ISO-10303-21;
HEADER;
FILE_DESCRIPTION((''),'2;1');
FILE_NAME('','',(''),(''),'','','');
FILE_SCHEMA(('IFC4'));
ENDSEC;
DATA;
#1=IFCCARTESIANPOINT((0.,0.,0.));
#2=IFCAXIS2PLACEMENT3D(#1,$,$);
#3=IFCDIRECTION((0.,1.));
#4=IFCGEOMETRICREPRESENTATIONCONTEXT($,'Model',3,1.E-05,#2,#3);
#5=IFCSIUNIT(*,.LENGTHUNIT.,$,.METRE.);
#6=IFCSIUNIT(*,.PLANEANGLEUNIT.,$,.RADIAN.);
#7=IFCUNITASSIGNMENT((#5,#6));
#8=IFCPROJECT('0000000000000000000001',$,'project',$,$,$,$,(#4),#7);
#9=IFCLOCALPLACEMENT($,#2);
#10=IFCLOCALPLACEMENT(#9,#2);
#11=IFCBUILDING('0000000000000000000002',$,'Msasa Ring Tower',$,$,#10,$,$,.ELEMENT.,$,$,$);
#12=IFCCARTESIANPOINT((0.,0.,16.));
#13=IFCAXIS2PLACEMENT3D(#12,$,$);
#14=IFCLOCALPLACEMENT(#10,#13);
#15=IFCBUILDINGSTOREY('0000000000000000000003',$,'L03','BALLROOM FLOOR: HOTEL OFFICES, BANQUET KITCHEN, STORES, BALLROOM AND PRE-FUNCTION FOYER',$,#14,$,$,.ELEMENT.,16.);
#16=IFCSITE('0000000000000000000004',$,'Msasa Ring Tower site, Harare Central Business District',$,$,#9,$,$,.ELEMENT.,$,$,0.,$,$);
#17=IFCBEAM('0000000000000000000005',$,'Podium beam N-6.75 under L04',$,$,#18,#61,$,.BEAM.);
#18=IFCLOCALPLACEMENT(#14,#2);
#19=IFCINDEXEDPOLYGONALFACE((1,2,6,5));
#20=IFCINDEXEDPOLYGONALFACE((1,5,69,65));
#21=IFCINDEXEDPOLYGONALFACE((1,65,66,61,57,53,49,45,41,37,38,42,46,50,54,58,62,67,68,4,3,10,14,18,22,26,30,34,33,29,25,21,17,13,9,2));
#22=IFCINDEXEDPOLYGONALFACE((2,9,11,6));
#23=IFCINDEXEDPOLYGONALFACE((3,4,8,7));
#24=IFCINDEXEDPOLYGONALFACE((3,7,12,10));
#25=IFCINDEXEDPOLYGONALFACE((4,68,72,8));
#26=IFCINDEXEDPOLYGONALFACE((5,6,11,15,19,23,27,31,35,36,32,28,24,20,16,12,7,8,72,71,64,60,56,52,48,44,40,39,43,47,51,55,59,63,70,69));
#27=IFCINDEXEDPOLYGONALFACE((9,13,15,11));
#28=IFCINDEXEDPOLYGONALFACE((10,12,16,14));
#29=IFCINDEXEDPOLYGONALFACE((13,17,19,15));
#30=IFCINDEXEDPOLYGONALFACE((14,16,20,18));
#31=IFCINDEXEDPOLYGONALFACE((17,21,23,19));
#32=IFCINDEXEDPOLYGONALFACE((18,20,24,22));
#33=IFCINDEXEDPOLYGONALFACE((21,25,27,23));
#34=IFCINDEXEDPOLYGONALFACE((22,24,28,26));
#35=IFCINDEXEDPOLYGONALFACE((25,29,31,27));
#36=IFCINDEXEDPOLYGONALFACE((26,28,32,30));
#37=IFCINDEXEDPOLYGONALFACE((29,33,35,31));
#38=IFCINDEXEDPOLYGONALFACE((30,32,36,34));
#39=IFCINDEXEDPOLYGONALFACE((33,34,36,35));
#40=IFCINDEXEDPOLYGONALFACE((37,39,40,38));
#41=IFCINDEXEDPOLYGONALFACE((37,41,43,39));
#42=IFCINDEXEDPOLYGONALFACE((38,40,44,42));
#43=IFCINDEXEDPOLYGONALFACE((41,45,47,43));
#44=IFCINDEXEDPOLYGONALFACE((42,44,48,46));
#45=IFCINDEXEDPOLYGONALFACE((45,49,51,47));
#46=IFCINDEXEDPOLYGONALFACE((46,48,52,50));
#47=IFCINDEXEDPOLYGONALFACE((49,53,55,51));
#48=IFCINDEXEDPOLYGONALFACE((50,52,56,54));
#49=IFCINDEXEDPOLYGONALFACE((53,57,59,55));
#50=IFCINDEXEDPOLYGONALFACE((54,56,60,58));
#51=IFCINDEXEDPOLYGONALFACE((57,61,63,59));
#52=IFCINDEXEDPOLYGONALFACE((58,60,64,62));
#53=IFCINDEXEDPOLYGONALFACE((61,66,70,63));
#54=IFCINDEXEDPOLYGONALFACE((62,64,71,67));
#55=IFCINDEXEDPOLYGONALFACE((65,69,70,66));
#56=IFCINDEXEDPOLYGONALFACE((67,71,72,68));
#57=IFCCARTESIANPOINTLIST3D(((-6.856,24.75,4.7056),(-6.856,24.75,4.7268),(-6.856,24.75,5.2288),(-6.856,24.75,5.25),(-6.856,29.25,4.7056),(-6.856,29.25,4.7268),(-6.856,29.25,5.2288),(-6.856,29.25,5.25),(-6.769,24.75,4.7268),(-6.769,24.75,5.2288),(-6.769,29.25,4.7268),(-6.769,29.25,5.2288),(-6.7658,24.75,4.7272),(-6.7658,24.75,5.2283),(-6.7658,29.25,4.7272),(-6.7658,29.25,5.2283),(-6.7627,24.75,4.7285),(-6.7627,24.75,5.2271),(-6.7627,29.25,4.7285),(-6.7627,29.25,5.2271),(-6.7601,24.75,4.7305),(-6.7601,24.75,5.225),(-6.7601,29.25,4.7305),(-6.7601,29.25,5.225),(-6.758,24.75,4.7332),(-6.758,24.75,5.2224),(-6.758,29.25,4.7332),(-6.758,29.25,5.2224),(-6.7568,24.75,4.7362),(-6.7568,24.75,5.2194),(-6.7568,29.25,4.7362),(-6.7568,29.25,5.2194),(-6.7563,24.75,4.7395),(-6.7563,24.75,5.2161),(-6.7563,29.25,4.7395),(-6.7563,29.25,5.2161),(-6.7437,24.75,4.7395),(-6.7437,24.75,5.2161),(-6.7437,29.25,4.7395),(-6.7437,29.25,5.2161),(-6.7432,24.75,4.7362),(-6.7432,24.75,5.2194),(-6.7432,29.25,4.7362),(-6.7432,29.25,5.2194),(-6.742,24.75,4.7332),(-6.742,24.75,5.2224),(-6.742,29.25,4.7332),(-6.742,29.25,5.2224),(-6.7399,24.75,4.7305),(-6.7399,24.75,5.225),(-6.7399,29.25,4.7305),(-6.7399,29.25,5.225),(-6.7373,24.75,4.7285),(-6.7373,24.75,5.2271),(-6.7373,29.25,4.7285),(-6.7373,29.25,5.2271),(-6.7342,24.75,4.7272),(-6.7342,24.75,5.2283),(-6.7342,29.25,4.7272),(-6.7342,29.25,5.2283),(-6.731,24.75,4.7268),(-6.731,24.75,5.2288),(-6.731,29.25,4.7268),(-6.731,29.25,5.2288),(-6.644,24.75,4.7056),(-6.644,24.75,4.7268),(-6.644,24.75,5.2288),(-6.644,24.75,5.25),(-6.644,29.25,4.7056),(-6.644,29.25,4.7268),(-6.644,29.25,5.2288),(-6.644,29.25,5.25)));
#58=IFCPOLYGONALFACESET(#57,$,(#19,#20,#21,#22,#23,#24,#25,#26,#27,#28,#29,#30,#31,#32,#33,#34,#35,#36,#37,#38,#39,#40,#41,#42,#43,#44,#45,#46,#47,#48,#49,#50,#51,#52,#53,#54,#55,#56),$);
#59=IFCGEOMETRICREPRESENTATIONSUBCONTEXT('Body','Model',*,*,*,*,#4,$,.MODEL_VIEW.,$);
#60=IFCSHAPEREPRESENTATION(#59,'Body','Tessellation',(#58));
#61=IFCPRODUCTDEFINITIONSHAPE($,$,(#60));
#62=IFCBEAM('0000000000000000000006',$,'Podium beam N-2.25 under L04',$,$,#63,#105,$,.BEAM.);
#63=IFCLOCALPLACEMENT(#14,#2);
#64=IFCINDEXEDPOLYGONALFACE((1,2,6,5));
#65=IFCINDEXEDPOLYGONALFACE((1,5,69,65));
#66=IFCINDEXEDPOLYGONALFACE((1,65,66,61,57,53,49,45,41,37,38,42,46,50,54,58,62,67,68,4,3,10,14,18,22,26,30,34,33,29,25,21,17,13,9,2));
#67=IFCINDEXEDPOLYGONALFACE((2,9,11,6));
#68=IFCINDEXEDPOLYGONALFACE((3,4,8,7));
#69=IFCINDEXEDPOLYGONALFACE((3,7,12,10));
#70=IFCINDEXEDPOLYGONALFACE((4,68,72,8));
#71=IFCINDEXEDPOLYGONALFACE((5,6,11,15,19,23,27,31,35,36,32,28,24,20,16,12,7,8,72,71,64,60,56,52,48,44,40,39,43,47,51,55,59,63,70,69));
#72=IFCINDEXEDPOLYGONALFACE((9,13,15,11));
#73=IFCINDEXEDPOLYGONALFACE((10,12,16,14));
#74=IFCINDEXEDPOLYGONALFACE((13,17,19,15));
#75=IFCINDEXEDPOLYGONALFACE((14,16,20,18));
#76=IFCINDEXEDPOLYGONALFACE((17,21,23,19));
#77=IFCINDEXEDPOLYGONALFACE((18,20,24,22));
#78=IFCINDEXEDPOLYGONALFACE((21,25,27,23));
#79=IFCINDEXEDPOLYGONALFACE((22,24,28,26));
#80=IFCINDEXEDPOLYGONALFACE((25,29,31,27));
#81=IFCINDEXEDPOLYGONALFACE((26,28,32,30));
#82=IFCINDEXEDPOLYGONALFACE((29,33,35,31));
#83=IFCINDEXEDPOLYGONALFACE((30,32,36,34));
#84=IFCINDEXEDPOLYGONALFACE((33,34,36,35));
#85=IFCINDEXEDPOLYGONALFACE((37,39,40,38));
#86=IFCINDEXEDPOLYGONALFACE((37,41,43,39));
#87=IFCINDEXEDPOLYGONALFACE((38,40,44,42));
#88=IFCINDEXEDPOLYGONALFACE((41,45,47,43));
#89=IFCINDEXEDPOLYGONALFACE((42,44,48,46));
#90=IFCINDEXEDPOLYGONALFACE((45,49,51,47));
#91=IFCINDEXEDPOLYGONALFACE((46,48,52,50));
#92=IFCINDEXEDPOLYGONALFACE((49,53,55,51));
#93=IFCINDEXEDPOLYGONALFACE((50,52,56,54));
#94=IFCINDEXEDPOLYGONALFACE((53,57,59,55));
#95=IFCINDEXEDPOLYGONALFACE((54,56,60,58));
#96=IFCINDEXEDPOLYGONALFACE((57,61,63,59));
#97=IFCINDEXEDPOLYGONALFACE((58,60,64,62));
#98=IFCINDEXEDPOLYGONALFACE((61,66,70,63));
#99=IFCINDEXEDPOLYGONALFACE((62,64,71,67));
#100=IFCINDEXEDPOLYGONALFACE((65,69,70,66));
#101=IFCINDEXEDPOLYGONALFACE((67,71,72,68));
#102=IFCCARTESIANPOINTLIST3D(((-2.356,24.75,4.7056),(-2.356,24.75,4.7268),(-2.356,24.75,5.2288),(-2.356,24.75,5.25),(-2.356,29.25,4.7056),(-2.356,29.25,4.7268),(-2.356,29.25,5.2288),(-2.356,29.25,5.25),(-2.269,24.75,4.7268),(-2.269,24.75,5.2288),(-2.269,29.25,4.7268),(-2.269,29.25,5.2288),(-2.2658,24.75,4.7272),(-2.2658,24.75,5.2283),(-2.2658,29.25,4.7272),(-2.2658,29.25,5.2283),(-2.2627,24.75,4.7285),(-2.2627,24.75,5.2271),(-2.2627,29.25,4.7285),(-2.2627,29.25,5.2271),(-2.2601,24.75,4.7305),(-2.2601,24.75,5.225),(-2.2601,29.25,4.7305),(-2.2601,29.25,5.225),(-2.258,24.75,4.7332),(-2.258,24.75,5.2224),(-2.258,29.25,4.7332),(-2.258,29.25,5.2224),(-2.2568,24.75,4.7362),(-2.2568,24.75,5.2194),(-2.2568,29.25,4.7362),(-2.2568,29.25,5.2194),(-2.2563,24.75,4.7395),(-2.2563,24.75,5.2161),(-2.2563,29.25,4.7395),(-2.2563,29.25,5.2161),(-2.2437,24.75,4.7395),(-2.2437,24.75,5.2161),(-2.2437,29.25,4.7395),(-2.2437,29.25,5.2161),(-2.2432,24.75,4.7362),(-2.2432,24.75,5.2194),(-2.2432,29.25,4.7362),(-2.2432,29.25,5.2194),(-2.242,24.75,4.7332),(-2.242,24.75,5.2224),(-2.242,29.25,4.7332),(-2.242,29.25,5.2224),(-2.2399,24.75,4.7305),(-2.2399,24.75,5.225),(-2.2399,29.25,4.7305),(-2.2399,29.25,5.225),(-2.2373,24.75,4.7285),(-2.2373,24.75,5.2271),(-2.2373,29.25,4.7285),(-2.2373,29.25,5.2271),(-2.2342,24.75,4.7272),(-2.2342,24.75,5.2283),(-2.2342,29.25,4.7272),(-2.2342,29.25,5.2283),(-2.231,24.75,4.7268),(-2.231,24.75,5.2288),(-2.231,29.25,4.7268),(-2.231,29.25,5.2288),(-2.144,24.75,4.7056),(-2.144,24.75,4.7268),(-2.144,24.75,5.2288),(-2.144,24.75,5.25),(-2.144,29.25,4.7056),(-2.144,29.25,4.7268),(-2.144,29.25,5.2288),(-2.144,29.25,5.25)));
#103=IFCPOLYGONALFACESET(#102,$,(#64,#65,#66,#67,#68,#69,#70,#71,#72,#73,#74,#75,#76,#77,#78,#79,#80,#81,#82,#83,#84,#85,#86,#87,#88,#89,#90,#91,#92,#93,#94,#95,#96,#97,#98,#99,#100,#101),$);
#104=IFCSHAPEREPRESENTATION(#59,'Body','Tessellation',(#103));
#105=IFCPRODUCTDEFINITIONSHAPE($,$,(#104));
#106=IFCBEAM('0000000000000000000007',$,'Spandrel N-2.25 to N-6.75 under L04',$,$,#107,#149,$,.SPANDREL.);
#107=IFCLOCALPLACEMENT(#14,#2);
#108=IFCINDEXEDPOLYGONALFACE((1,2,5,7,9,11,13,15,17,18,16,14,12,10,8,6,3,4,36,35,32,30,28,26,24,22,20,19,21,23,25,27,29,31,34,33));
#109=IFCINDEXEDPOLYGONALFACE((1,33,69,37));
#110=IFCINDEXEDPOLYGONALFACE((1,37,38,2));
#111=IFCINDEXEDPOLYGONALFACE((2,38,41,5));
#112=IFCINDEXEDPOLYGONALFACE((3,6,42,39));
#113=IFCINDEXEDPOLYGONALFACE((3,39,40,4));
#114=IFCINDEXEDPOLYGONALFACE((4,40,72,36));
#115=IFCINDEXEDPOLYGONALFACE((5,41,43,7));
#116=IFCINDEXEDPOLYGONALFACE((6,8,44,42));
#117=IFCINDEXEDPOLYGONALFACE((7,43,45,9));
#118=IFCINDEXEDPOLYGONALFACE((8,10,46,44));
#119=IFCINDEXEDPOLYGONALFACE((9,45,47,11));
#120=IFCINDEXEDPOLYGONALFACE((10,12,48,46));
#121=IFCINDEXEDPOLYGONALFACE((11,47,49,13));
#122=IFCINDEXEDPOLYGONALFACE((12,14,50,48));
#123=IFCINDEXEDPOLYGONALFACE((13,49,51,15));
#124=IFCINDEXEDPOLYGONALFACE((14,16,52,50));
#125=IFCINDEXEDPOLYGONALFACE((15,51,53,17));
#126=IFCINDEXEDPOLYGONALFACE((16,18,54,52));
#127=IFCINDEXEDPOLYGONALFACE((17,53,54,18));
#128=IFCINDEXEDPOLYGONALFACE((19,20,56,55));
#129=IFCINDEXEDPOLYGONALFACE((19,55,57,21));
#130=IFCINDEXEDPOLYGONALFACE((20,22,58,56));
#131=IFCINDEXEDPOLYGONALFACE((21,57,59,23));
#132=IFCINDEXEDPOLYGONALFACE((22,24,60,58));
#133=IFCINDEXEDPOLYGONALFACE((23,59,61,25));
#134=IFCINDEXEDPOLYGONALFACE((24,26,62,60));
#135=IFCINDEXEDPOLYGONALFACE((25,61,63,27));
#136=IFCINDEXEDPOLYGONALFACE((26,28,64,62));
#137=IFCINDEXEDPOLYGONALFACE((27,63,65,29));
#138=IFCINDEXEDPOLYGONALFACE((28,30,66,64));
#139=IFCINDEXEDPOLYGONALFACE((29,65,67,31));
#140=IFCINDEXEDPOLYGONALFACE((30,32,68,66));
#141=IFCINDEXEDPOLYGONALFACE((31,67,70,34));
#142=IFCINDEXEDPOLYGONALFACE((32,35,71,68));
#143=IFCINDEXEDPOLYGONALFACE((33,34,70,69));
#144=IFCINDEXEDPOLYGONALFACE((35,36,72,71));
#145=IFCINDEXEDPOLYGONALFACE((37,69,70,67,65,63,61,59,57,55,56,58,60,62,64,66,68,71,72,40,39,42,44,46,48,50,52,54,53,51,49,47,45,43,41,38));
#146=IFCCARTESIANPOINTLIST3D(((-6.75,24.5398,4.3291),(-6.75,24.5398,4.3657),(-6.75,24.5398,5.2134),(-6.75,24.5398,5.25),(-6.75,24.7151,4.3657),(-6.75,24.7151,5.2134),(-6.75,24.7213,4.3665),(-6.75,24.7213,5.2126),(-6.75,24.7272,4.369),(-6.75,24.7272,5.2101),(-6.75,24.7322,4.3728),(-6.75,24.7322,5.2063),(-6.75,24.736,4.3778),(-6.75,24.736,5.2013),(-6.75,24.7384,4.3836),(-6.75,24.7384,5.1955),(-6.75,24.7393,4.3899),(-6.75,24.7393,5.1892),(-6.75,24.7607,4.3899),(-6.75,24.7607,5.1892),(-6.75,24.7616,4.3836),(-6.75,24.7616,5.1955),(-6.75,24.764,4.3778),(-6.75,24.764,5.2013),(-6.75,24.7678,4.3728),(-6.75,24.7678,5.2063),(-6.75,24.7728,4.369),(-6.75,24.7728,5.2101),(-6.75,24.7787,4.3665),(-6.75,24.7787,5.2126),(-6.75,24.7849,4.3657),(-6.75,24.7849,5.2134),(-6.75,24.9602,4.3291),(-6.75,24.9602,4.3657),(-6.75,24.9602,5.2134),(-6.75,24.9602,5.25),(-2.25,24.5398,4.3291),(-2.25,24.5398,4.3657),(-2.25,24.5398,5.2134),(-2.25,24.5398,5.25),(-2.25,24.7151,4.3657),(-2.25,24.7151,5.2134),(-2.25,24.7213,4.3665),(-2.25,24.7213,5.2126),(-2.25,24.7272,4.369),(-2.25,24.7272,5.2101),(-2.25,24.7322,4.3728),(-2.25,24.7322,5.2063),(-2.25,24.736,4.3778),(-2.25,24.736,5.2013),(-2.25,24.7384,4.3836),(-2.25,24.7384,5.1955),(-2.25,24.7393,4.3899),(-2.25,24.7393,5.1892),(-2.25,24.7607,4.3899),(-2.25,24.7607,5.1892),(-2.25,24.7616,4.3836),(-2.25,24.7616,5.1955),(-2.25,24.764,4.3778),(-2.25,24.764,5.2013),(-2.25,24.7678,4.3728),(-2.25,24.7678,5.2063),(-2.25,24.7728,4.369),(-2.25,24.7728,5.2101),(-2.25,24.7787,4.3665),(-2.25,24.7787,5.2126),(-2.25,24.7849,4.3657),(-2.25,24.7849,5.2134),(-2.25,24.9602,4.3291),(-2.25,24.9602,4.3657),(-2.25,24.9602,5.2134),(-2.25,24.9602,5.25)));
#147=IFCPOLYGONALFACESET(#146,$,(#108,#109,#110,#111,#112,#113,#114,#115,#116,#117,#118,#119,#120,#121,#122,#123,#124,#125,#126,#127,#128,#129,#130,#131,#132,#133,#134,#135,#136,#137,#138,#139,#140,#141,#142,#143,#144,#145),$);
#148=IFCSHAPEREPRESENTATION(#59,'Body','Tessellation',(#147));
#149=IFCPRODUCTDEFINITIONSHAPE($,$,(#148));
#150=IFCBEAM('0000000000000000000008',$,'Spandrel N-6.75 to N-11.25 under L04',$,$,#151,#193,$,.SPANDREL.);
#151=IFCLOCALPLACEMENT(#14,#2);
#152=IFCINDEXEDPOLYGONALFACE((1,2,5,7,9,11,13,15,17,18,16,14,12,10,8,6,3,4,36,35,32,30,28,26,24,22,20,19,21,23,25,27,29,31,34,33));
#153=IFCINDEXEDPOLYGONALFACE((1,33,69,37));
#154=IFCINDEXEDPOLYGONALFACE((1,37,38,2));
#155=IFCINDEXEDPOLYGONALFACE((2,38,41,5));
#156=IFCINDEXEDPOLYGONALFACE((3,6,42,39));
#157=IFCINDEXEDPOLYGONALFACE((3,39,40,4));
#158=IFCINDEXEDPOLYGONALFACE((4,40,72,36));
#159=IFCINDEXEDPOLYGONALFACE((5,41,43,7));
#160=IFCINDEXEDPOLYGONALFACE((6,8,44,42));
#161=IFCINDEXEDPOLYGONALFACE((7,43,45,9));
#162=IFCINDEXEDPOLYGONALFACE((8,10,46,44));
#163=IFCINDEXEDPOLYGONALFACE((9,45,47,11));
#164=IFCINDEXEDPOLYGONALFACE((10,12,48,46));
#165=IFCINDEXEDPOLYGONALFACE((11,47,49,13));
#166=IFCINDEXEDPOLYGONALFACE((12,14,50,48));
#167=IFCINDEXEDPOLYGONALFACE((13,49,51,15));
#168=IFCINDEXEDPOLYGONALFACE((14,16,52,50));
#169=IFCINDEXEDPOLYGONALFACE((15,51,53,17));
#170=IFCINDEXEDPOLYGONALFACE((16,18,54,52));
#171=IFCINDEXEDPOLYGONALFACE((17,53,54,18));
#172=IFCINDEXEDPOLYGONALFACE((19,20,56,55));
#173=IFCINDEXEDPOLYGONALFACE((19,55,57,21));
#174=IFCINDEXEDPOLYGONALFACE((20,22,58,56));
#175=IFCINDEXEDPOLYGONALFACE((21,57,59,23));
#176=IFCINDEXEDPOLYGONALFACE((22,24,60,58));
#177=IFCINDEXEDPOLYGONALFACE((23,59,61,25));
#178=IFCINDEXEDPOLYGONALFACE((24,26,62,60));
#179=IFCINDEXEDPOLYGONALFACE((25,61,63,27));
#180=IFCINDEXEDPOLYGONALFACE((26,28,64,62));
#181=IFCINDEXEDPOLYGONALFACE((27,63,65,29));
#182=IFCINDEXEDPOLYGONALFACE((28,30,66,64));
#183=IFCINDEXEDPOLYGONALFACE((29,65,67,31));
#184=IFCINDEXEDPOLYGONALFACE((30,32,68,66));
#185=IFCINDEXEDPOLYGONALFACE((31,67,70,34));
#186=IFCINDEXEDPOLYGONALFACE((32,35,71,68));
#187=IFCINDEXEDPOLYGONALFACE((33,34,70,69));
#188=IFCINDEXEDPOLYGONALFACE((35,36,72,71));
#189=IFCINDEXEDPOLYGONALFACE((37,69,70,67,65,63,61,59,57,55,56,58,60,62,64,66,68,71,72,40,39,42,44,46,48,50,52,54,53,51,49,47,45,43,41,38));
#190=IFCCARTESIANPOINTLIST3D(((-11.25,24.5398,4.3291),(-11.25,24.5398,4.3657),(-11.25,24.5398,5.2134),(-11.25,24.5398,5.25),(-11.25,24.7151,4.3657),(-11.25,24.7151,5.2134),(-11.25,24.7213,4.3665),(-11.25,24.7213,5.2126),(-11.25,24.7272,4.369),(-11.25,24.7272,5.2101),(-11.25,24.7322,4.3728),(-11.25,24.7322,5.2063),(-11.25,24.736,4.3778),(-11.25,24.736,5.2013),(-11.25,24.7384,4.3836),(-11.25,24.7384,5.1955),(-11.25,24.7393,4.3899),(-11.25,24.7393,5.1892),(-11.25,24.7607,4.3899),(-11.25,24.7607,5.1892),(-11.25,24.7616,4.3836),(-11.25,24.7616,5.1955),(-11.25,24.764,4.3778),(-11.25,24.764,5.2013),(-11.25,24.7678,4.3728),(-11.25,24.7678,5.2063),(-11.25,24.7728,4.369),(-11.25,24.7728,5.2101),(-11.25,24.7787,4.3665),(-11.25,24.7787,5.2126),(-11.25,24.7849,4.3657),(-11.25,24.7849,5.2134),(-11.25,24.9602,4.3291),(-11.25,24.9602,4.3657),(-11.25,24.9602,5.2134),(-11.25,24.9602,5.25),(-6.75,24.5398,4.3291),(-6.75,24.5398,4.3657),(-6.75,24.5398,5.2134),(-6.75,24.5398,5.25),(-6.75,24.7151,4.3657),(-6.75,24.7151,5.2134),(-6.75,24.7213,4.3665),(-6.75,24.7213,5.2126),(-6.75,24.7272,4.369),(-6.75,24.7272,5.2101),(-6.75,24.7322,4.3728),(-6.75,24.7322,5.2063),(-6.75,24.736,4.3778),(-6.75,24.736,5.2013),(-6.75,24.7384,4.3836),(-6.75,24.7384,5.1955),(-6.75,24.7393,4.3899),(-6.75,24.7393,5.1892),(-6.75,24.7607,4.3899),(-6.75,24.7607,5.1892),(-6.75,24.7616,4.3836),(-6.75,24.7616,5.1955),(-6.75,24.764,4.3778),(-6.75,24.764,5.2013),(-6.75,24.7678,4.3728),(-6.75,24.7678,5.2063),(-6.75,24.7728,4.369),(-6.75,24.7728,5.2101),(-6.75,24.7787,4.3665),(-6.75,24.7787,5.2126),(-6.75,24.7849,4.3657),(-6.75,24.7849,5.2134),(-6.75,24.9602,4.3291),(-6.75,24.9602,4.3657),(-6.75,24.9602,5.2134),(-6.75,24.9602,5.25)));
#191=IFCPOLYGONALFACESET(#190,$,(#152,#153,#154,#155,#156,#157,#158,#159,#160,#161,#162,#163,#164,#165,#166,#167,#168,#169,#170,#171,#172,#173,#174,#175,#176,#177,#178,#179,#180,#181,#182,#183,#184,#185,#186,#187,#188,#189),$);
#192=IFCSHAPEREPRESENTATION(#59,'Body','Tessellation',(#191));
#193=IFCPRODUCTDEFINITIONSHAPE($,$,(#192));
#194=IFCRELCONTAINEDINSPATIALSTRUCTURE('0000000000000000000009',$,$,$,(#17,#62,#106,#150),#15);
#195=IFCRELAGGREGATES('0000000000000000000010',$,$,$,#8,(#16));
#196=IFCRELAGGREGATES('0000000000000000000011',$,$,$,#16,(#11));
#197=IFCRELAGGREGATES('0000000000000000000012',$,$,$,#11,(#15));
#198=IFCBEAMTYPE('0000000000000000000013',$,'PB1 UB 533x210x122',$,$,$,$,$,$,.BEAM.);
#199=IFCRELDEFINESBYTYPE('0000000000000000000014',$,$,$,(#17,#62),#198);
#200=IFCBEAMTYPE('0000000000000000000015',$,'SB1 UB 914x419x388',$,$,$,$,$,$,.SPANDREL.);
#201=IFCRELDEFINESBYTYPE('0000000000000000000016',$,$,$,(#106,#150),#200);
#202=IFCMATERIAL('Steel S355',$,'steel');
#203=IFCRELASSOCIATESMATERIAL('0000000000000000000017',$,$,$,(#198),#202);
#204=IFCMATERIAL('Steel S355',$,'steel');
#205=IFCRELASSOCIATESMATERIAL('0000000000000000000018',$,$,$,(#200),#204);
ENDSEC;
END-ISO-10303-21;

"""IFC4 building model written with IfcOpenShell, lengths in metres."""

from ifc_helpers import new_model, si_unit, direction, frame, origin, origin_2d, place, context, subcontext, project, spatial, i_section, extrude, material, material_profile, profile_set, type_object, element, save


model = new_model("IFC4")

# Units and contexts
model_context = context("Model", 3, precision=1e-05, world=origin(), true_north=direction((0.0, 1.0)))
body_context = subcontext(model_context, "Body", "Model", "MODEL_VIEW")
ifc_project = project(units=[si_unit("LENGTHUNIT", "METRE"), si_unit("PLANEANGLEUNIT", "RADIAN")], contexts=[model_context])

# Site, building, storey
site_placement = place(None, origin())
site = spatial("IfcSite", under=ifc_project, at=site_placement, Name="Msasa Ring Tower site, Harare Central Business District", CompositionType="ELEMENT", RefElevation=0.0)
building_placement = place(site_placement, origin())
building = spatial("IfcBuilding", under=site, at=building_placement, Name="Msasa Ring Tower", CompositionType="ELEMENT")
storey_placement = place(building_placement, frame((0.0, 0.0, 16.0)))
storey = spatial("IfcBuildingStorey", under=building, at=storey_placement, Name="L03", Description="BALLROOM FLOOR: HOTEL OFFICES, BANQUET KITCHEN, STORES, BALLROOM AND PRE-FUNCTION FOYER", CompositionType="ELEMENT", Elevation=16.0)

# Beams
ifc_material_1 = material(Name="Steel S355", Category="steel")
ifc_material_profile_1 = material_profile(ifc_material_1, i_section(OverallWidth=0.2119, OverallDepth=0.5444, WebThickness=0.0127, FlangeThickness=0.0212, FilletRadius=0.0127, at=origin_2d()), Name="UB 533x210x122")
ifc_profile_set_1 = profile_set([ifc_material_profile_1], Name="Steel S355")
beam_type_1 = type_object("IfcBeamType", Name="PB1 UB 533x210x122", PredefinedType="BEAM", material=ifc_profile_set_1)
for number, where, z_axis, x_axis, name in (
    (1, (-6.75, 29.25, 4.9778), (0.0, -1.0, 0.0), (1.0, 0.0, 0.0), "Podium beam N-6.75 under L04"),
    (2, (-2.25, 29.25, 4.9778), (0.0, -1.0, 0.0), (1.0, 0.0, 0.0), "Podium beam N-2.25 under L04"),
):
    element("IfcBeam", number, at=place(storey_placement, frame(where, z_axis=z_axis, x_axis=x_axis)), inside=storey, type_object=beam_type_1, Name=name, PredefinedType="BEAM", context=body_context, shape_type="SweptSolid", body=[
        extrude(i_section(OverallWidth=0.2119, OverallDepth=0.5444, WebThickness=0.0127, FlangeThickness=0.0212, FilletRadius=0.0127, at=origin_2d()), origin(), (0.0, 0.0, 1.0), 4.5),
    ])
ifc_material_2 = material(Name="Steel S355", Category="steel")
ifc_material_profile_2 = material_profile(ifc_material_2, i_section(OverallWidth=0.4204, OverallDepth=0.9209, WebThickness=0.0215, FlangeThickness=0.0366, FilletRadius=0.0242, at=origin_2d()), Name="UB 914x419x388")
ifc_profile_set_2 = profile_set([ifc_material_profile_2], Name="Steel S355")
beam_type_2 = type_object("IfcBeamType", Name="SB1 UB 914x419x388", PredefinedType="SPANDREL", material=ifc_profile_set_2)
for number, where, z_axis, x_axis, name in (
    (3, (-2.25, 24.75, 4.7896), (-1.0, 0.0, 0.0), (0.0, -1.0, 0.0), "Spandrel N-2.25 to N-6.75 under L04"),
    (4, (-6.75, 24.75, 4.7896), (-1.0, 0.0, 0.0), (0.0, -1.0, 0.0), "Spandrel N-6.75 to N-11.25 under L04"),
):
    element("IfcBeam", number, at=place(storey_placement, frame(where, z_axis=z_axis, x_axis=x_axis)), inside=storey, type_object=beam_type_2, Name=name, PredefinedType="SPANDREL", context=body_context, shape_type="SweptSolid", body=[
        extrude(i_section(OverallWidth=0.4204, OverallDepth=0.9209, WebThickness=0.0215, FlangeThickness=0.0366, FilletRadius=0.0242, at=origin_2d()), origin(), (0.0, 0.0, 1.0), 4.5),
    ])

save(model, "model.ifc")
